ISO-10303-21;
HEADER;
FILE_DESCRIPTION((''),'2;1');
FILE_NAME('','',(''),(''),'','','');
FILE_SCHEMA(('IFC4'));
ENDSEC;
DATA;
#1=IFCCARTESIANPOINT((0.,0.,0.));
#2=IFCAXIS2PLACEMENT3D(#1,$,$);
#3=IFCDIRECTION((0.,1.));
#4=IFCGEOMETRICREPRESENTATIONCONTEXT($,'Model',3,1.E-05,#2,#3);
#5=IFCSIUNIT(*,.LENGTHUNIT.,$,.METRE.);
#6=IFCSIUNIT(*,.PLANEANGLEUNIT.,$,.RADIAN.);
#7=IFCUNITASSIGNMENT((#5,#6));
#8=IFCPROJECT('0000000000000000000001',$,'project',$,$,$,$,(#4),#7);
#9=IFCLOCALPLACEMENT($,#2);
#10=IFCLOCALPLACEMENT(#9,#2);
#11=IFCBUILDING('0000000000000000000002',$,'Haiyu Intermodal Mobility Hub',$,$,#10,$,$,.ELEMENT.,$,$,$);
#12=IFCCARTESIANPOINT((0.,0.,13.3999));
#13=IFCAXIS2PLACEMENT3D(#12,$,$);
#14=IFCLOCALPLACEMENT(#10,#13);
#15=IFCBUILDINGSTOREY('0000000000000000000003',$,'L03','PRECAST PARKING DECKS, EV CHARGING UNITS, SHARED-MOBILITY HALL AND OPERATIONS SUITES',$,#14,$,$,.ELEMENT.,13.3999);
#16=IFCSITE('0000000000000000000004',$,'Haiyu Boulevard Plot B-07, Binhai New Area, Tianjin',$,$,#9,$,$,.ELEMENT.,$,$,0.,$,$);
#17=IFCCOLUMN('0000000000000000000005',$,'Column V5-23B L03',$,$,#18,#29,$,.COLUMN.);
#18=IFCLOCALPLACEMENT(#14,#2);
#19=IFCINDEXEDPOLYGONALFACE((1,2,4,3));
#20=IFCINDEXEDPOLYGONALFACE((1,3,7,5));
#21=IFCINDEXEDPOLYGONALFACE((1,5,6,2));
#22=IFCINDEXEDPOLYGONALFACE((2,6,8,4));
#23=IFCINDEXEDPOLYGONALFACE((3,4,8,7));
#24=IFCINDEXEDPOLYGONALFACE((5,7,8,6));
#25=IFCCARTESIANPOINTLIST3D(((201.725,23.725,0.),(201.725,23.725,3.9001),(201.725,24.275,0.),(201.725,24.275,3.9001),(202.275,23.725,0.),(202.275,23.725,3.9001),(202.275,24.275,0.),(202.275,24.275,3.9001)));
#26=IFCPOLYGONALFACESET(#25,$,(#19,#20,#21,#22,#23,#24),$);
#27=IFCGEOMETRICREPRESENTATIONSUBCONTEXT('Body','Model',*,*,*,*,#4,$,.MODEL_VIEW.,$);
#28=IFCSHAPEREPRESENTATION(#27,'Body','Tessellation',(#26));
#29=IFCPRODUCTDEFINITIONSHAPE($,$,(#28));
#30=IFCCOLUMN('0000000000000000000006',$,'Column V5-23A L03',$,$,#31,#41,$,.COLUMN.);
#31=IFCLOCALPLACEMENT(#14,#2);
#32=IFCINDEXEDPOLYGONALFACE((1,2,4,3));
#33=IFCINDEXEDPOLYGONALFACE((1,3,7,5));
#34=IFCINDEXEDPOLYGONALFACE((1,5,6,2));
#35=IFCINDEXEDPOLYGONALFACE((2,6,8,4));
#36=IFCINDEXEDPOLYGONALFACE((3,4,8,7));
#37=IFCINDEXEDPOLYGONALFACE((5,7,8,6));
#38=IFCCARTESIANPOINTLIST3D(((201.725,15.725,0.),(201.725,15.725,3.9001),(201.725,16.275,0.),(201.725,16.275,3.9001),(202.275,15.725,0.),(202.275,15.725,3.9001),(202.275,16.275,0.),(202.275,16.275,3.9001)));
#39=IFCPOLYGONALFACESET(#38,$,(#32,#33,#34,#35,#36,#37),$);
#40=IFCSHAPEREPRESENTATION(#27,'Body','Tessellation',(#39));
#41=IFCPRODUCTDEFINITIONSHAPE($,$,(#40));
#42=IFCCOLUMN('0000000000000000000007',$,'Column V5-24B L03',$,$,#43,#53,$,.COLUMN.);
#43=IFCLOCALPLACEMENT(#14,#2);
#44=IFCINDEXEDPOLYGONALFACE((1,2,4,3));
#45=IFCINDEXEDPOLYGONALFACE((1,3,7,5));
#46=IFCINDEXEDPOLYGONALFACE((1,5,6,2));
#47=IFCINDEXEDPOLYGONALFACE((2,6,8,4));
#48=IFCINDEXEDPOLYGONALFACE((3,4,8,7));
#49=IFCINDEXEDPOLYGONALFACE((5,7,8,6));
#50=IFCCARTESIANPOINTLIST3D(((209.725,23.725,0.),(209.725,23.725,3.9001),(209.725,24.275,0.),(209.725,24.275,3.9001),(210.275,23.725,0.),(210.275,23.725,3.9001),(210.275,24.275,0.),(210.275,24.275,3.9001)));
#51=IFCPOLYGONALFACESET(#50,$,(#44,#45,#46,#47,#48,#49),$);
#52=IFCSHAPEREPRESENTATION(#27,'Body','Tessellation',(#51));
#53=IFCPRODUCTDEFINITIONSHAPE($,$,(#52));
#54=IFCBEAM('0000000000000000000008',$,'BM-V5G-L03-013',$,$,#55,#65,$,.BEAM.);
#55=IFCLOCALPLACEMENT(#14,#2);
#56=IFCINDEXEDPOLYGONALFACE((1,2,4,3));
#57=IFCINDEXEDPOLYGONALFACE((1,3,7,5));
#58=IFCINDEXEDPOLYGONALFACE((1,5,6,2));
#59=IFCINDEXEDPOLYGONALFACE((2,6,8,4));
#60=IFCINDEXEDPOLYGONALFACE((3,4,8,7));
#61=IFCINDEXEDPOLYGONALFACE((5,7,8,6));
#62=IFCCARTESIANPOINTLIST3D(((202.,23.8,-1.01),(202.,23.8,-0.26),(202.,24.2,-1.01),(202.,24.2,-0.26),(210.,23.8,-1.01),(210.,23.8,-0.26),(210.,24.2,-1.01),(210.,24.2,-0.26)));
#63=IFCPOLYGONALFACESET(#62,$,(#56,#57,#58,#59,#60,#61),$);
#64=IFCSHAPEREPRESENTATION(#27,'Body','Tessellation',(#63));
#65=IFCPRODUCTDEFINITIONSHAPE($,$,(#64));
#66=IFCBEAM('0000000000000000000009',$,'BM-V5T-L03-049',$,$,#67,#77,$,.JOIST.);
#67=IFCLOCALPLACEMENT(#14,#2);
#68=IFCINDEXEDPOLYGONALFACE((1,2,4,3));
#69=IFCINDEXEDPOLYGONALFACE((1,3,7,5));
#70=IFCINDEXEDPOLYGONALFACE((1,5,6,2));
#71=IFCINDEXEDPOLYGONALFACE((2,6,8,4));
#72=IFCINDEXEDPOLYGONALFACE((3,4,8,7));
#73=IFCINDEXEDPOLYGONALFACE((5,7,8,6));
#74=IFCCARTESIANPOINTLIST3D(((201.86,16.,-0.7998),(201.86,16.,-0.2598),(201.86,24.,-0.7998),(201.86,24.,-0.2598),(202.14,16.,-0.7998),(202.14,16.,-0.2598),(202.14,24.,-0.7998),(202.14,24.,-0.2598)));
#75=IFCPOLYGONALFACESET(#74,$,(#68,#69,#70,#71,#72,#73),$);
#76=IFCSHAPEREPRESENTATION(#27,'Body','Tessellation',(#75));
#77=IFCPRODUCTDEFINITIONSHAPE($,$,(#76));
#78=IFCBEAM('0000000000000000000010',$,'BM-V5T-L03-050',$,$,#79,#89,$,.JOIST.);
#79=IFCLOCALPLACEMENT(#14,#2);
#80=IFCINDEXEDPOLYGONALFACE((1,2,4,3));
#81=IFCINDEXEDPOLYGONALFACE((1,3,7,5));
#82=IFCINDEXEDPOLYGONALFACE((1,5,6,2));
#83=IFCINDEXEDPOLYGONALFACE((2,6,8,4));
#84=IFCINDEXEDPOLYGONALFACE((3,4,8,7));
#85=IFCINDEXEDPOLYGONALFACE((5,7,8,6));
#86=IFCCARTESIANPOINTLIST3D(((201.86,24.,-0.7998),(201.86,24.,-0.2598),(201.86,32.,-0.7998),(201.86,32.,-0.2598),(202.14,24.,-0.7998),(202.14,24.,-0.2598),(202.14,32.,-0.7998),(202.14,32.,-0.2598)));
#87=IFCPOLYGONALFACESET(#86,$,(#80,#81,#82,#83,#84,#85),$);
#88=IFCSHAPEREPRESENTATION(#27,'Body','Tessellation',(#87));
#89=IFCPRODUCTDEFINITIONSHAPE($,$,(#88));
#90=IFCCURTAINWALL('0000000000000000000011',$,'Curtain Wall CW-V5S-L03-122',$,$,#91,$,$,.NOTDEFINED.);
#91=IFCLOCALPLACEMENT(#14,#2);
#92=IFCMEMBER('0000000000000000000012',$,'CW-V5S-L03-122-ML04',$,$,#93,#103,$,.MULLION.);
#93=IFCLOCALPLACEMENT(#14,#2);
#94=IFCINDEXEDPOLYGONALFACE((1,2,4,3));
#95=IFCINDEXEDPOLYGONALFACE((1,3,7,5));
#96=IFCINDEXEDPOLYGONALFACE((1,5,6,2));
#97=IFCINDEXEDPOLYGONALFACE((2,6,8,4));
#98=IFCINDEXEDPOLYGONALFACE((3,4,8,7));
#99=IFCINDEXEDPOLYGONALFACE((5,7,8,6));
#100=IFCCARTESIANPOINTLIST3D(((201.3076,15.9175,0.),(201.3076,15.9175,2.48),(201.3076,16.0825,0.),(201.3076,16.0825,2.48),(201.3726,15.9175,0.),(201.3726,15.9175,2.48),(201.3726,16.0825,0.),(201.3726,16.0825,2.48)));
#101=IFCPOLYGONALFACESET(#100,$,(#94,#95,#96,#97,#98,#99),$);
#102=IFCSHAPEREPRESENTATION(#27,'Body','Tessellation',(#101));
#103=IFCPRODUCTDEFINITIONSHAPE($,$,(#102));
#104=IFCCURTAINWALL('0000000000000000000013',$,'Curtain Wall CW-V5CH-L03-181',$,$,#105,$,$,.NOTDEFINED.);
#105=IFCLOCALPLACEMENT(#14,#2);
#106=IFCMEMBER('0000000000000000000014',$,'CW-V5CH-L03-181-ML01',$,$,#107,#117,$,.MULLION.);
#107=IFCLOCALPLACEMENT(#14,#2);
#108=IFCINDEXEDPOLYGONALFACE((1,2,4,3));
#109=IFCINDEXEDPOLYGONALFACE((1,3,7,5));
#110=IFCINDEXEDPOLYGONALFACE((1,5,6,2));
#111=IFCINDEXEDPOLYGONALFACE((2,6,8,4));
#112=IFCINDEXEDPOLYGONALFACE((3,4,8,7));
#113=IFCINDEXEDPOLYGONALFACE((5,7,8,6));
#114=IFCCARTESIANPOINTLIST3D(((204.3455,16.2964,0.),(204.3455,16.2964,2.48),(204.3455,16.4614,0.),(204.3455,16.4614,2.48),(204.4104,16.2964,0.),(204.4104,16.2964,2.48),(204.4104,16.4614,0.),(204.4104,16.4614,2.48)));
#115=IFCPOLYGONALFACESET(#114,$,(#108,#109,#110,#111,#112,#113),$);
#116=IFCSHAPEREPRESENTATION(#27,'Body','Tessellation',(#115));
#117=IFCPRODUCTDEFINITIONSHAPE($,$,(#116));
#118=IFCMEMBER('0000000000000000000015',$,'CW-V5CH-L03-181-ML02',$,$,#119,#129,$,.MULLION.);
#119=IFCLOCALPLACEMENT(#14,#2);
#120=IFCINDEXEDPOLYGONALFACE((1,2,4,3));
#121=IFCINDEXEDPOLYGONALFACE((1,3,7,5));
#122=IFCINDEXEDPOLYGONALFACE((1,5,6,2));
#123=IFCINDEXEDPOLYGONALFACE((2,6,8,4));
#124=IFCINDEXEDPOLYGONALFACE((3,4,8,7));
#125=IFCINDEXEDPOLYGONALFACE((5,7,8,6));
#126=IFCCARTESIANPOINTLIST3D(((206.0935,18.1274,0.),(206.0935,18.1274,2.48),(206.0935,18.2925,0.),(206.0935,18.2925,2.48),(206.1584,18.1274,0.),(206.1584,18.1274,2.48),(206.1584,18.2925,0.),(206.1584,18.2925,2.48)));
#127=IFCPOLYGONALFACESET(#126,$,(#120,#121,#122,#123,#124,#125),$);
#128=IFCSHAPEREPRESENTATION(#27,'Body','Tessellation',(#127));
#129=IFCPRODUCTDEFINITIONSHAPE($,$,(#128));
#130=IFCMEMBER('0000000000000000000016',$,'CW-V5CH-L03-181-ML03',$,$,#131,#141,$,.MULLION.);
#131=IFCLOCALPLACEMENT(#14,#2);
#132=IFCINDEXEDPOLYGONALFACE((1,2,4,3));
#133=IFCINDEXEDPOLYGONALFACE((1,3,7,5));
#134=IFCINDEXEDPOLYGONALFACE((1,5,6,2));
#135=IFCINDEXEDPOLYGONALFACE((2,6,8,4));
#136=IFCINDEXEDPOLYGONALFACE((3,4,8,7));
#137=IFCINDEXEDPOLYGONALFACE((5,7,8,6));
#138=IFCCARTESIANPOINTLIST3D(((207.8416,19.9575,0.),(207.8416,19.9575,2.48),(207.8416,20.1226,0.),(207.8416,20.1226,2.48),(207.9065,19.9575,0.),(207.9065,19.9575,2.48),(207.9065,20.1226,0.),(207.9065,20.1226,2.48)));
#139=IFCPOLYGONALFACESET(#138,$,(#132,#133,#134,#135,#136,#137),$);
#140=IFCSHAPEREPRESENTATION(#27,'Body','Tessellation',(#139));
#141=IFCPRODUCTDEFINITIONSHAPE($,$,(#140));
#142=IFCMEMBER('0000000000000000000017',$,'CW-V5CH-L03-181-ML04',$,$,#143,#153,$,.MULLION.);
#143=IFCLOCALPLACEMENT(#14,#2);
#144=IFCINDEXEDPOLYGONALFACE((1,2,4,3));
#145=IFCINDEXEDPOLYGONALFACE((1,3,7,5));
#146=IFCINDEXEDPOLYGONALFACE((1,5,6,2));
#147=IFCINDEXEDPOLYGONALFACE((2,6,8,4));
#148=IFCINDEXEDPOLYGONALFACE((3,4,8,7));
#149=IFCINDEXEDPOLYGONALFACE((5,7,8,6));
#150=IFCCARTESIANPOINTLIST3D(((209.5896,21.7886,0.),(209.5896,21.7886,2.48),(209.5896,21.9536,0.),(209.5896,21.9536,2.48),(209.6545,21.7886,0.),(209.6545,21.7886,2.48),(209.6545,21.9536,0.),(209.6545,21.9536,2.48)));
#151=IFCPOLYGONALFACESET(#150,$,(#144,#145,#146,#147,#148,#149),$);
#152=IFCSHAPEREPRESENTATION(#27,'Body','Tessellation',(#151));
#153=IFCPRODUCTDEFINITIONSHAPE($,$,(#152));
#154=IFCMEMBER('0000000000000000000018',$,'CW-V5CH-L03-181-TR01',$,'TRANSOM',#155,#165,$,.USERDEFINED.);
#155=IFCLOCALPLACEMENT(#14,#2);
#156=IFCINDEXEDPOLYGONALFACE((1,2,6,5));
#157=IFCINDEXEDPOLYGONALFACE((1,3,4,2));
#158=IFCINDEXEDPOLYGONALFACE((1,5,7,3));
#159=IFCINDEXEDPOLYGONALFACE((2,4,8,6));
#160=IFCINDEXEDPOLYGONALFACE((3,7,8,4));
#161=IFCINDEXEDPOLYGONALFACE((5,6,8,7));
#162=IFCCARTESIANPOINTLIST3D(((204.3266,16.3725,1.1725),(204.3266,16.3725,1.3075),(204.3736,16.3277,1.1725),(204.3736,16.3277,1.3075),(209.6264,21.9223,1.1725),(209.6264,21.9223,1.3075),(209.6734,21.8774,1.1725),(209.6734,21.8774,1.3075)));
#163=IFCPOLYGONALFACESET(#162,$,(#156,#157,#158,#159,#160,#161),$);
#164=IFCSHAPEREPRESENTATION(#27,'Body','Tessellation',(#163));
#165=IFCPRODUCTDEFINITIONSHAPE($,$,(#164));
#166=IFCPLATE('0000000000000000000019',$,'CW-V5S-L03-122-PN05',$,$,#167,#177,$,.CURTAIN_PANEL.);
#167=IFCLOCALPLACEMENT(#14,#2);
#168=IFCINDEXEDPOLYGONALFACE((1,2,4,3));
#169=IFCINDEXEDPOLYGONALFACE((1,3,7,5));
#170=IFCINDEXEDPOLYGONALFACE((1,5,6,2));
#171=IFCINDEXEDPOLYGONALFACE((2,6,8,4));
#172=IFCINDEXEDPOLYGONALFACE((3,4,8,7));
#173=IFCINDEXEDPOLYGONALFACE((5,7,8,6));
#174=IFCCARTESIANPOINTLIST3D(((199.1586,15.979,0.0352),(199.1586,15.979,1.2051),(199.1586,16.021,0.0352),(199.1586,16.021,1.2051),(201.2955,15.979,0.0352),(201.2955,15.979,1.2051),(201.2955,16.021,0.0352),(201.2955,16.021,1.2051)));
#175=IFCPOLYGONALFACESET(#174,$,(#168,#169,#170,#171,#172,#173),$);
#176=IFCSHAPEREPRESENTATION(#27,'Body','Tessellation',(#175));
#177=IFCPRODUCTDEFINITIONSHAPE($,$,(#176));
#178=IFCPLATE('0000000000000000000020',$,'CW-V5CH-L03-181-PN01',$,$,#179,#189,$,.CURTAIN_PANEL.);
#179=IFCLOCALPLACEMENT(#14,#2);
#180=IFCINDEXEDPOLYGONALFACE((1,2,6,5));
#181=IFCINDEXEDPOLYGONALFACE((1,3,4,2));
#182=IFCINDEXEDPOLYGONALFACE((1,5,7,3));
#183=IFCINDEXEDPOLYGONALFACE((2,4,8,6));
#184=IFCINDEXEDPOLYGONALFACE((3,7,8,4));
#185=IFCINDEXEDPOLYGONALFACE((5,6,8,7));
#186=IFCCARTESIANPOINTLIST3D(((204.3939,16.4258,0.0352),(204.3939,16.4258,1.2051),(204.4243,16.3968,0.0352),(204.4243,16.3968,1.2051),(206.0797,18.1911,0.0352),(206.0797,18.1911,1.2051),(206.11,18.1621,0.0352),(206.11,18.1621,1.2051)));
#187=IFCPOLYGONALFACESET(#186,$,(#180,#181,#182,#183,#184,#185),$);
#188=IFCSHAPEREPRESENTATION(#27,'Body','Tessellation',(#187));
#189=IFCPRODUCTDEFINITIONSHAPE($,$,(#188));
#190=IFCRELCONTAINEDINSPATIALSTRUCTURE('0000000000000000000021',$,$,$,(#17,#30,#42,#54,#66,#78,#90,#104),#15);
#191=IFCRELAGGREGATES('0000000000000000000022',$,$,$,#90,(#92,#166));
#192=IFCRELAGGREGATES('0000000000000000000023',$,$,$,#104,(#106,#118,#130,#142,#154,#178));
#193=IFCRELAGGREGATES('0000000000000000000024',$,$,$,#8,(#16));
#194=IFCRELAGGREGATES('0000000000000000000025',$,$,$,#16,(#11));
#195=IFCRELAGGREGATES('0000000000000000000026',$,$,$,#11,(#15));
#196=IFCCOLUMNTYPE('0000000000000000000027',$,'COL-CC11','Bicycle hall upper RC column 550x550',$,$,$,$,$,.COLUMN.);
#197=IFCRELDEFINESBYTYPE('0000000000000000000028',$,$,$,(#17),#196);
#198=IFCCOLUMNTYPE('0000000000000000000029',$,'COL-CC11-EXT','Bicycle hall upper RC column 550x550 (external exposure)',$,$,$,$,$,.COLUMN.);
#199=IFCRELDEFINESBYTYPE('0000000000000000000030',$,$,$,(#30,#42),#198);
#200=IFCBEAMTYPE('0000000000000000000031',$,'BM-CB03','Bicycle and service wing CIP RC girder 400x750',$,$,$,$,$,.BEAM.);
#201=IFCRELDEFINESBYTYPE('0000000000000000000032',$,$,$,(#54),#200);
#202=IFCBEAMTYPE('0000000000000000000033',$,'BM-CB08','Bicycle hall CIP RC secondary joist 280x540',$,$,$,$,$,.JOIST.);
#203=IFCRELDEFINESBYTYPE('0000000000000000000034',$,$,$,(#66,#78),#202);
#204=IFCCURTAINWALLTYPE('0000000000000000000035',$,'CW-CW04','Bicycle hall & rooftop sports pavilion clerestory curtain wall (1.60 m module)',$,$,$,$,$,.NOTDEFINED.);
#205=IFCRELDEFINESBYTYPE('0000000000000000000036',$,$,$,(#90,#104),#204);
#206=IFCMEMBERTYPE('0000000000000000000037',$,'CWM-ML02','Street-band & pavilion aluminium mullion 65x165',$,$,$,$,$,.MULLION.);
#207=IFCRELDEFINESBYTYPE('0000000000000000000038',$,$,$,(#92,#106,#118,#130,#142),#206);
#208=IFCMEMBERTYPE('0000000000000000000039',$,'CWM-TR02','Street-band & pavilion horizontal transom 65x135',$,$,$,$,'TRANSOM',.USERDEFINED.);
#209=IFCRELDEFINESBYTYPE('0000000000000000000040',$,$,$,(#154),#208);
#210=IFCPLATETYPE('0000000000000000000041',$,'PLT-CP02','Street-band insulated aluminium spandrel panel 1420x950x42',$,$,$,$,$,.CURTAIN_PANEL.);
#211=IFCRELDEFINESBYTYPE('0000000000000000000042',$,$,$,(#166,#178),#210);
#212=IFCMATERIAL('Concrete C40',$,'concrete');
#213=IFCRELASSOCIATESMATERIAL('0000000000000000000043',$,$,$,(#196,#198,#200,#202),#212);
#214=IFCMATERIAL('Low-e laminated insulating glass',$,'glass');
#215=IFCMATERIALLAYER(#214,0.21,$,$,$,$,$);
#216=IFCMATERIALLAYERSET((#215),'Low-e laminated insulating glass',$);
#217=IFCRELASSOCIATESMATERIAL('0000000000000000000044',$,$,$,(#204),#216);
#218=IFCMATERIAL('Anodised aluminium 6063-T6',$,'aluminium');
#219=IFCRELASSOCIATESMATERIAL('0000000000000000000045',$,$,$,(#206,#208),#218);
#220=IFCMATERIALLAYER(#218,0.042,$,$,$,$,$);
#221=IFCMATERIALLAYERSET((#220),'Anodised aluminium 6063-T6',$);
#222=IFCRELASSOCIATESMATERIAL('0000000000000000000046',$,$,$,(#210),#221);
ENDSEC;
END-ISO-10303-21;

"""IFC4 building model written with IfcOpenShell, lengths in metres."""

from ifc_helpers import new_model, si_unit, direction, frame, origin, origin_2d, place, context, subcontext, project, spatial, rectangle, extrude, material, layer, layer_set, material_profile, profile_set, type_object, element, aggregate, save


model = new_model("IFC4")

# Units and contexts
model_context = context("Model", 3, precision=1e-05, world=origin(), true_north=direction((0.0, 1.0)))
body_context = subcontext(model_context, "Body", "Model", "MODEL_VIEW")
ifc_project = project(units=[si_unit("LENGTHUNIT", "METRE"), si_unit("PLANEANGLEUNIT", "RADIAN")], contexts=[model_context])

# Site, building, storey
site_placement = place(None, origin())
site = spatial("IfcSite", under=ifc_project, at=site_placement, Name="Haiyu Boulevard Plot B-07, Binhai New Area, Tianjin", CompositionType="ELEMENT", RefElevation=0.0)
building_placement = place(site_placement, origin())
building = spatial("IfcBuilding", under=site, at=building_placement, Name="Haiyu Intermodal Mobility Hub", CompositionType="ELEMENT")
storey_placement = place(building_placement, frame((0.0, 0.0, 13.3999)))
storey = spatial("IfcBuildingStorey", under=building, at=storey_placement, Name="L03", Description="PRECAST PARKING DECKS, EV CHARGING UNITS, SHARED-MOBILITY HALL AND OPERATIONS SUITES", CompositionType="ELEMENT", Elevation=13.3999)

# Columns
ifc_material_1 = material(Name="Concrete C40", Category="concrete")
ifc_material_profile_1 = material_profile(ifc_material_1, rectangle(XDim=0.55, YDim=0.55, at=origin_2d()), Name="RC550x550")
ifc_profile_set_1 = profile_set([ifc_material_profile_1], Name="Concrete C40")
column_type_1 = type_object("IfcColumnType", Name="COL-CC11", Description="Bicycle hall upper RC column 550x550", PredefinedType="COLUMN", material=ifc_profile_set_1)
column_placement = place(storey_placement, frame((202.0, 24.0, 0.0), z_axis=(0.0, 0.0, 1.0), x_axis=(1.0, 0.0, 0.0)))
element("IfcColumn", 1, at=column_placement, inside=storey, type_object=column_type_1, Name="Column V5-23B L03", PredefinedType="COLUMN", context=body_context, shape_type="SweptSolid", body=[
    extrude(rectangle(XDim=0.55, YDim=0.55, at=origin_2d()), origin(), (0.0, 0.0, 1.0), 3.9001),
])
ifc_material_profile_2 = material_profile(ifc_material_1, rectangle(XDim=0.55, YDim=0.55, at=origin_2d()), Name="RC550x550")
ifc_profile_set_2 = profile_set([ifc_material_profile_2], Name="Concrete C40")
column_type_2 = type_object("IfcColumnType", Name="COL-CC11-EXT", Description="Bicycle hall upper RC column 550x550 (external exposure)", PredefinedType="COLUMN", material=ifc_profile_set_2)
for number, where, z_axis, x_axis, name in (
    (2, (202.0, 16.0, 0.0), (0.0, 0.0, 1.0), (1.0, 0.0, 0.0), "Column V5-23A L03"),
    (3, (210.0, 24.0, 0.0), (0.0, 0.0, 1.0), (1.0, 0.0, 0.0), "Column V5-24B L03"),
):
    element("IfcColumn", number, at=place(storey_placement, frame(where, z_axis=z_axis, x_axis=x_axis)), inside=storey, type_object=column_type_2, Name=name, PredefinedType="COLUMN", context=body_context, shape_type="SweptSolid", body=[
        extrude(rectangle(XDim=0.55, YDim=0.55, at=origin_2d()), origin(), (0.0, 0.0, 1.0), 3.9001),
    ])

# Beams
ifc_material_profile_3 = material_profile(ifc_material_1, rectangle(XDim=0.3999, YDim=0.75, at=origin_2d()), Name="RCB400x750")
ifc_profile_set_3 = profile_set([ifc_material_profile_3], Name="Concrete C40")
beam_type_1 = type_object("IfcBeamType", Name="BM-CB03", Description="Bicycle and service wing CIP RC girder 400x750", PredefinedType="BEAM", material=ifc_profile_set_3)
beam_placement = place(storey_placement, frame((202.0, 24.0, -0.635), z_axis=(1.0, 0.0, 0.0), x_axis=(0.0, 1.0, 0.0)))
element("IfcBeam", 4, at=beam_placement, inside=storey, type_object=beam_type_1, Name="BM-V5G-L03-013", PredefinedType="BEAM", context=body_context, shape_type="SweptSolid", body=[
    extrude(rectangle(XDim=0.3999, YDim=0.75, at=origin_2d()), origin(), (0.0, 0.0, 1.0), 8.0),
])
ifc_material_profile_4 = material_profile(ifc_material_1, rectangle(XDim=0.28, YDim=0.54, at=origin_2d()), Name="RCB280x540")
ifc_profile_set_4 = profile_set([ifc_material_profile_4], Name="Concrete C40")
beam_type_2 = type_object("IfcBeamType", Name="BM-CB08", Description="Bicycle hall CIP RC secondary joist 280x540", PredefinedType="JOIST", material=ifc_profile_set_4)
for number, where, z_axis, x_axis, name in (
    (5, (202.0, 16.0, -0.5298), (0.0, 1.0, 0.0), (-1.0, 0.0, 0.0), "BM-V5T-L03-049"),
    (6, (202.0, 24.0, -0.5298), (0.0, 1.0, 0.0), (-1.0, 0.0, 0.0), "BM-V5T-L03-050"),
):
    element("IfcBeam", number, at=place(storey_placement, frame(where, z_axis=z_axis, x_axis=x_axis)), inside=storey, type_object=beam_type_2, Name=name, PredefinedType="JOIST", context=body_context, shape_type="SweptSolid", body=[
        extrude(rectangle(XDim=0.28, YDim=0.54, at=origin_2d()), origin(), (0.0, 0.0, 1.0), 8.0),
    ])

# Curtain wall, member
ifc_material_2 = material(Name="Low-e laminated insulating glass", Category="glass")
ifc_layer_1 = layer(ifc_material_2, 0.21)
ifc_layer_set_1 = layer_set([ifc_layer_1], Name="Low-e laminated insulating glass")
curtain_wall_type = type_object("IfcCurtainWallType", Name="CW-CW04", Description="Bicycle hall & rooftop sports pavilion clerestory curtain wall (1.60 m module)", PredefinedType="NOTDEFINED", material=ifc_layer_set_1)
curtain_wall_1_placement = place(storey_placement, origin())
curtain_wall_1 = element("IfcCurtainWall", 7, at=curtain_wall_1_placement, inside=storey, type_object=curtain_wall_type, Name="Curtain Wall CW-V5S-L03-122", PredefinedType="NOTDEFINED")
ifc_material_3 = material(Name="Anodised aluminium 6063-T6", Category="aluminium")
ifc_material_profile_5 = material_profile(ifc_material_3, rectangle(XDim=0.0649, YDim=0.165, at=origin_2d()), Name="ALU65x165")
ifc_profile_set_5 = profile_set([ifc_material_profile_5], Name="Anodised aluminium 6063-T6")
member_type_1 = type_object("IfcMemberType", Name="CWM-ML02", Description="Street-band & pavilion aluminium mullion 65x165", PredefinedType="MULLION", material=ifc_profile_set_5)
member_1_placement = place(storey_placement, frame((201.3401, 16.0, 0.0), z_axis=(0.0, 0.0, 1.0), x_axis=(1.0, 0.0, 0.0)))
member_1 = element("IfcMember", 8, at=member_1_placement, type_object=member_type_1, Name="CW-V5S-L03-122-ML04", PredefinedType="MULLION", context=body_context, shape_type="SweptSolid", body=[
    extrude(rectangle(XDim=0.0649, YDim=0.165, at=origin_2d()), origin(), (0.0, 0.0, 1.0), 2.48),
])

# Curtain wall, members
curtain_wall_2_placement = place(storey_placement, origin())
curtain_wall_2 = element("IfcCurtainWall", 9, at=curtain_wall_2_placement, inside=storey, type_object=curtain_wall_type, Name="Curtain Wall CW-V5CH-L03-181", PredefinedType="NOTDEFINED")
member_2_placement = place(storey_placement, frame((204.3779, 16.3789, 0.0), z_axis=(0.0, 0.0, 1.0), x_axis=(1.0, 0.0, 0.0)))
member_2 = element("IfcMember", 10, at=member_2_placement, type_object=member_type_1, Name="CW-V5CH-L03-181-ML01", PredefinedType="MULLION", context=body_context, shape_type="SweptSolid", body=[
    extrude(rectangle(XDim=0.0649, YDim=0.165, at=origin_2d()), origin(), (0.0, 0.0, 1.0), 2.48),
])
member_3_placement = place(storey_placement, frame((206.126, 18.21, 0.0), z_axis=(0.0, 0.0, 1.0), x_axis=(1.0, 0.0, 0.0)))
member_3 = element("IfcMember", 11, at=member_3_placement, type_object=member_type_1, Name="CW-V5CH-L03-181-ML02", PredefinedType="MULLION", context=body_context, shape_type="SweptSolid", body=[
    extrude(rectangle(XDim=0.0649, YDim=0.165, at=origin_2d()), origin(), (0.0, 0.0, 1.0), 2.48),
])
member_4_placement = place(storey_placement, frame((207.874, 20.04, 0.0), z_axis=(0.0, 0.0, 1.0), x_axis=(1.0, 0.0, 0.0)))
member_4 = element("IfcMember", 12, at=member_4_placement, type_object=member_type_1, Name="CW-V5CH-L03-181-ML03", PredefinedType="MULLION", context=body_context, shape_type="SweptSolid", body=[
    extrude(rectangle(XDim=0.0649, YDim=0.165, at=origin_2d()), origin(), (0.0, 0.0, 1.0), 2.48),
])
member_5_placement = place(storey_placement, frame((209.6221, 21.8711, 0.0), z_axis=(0.0, 0.0, 1.0), x_axis=(1.0, 0.0, 0.0)))
member_5 = element("IfcMember", 13, at=member_5_placement, type_object=member_type_1, Name="CW-V5CH-L03-181-ML04", PredefinedType="MULLION", context=body_context, shape_type="SweptSolid", body=[
    extrude(rectangle(XDim=0.0649, YDim=0.165, at=origin_2d()), origin(), (0.0, 0.0, 1.0), 2.48),
])
ifc_material_profile_6 = material_profile(ifc_material_3, rectangle(XDim=0.0649, YDim=0.135, at=origin_2d()), Name="ALU65x135")
ifc_profile_set_6 = profile_set([ifc_material_profile_6], Name="Anodised aluminium 6063-T6")
member_type_2 = type_object("IfcMemberType", Name="CWM-TR02", Description="Street-band & pavilion horizontal transom 65x135", ElementType="TRANSOM", PredefinedType="USERDEFINED", material=ifc_profile_set_6)
member_6_placement = place(storey_placement, frame((204.3501, 16.3501, 1.24), z_axis=(0.69063, 0.723208, 0.0), x_axis=(-0.723208, 0.69063, 0.0)))
member_6 = element("IfcMember", 14, at=member_6_placement, type_object=member_type_2, Name="CW-V5CH-L03-181-TR01", ObjectType="TRANSOM", PredefinedType="USERDEFINED", context=body_context, shape_type="SweptSolid", body=[
    extrude(rectangle(XDim=0.0649, YDim=0.135, at=origin_2d()), origin(), (0.0, 0.0, 1.0), 7.6738),
])

# Plates
ifc_layer_2 = layer(ifc_material_3, 0.042)
ifc_layer_set_2 = layer_set([ifc_layer_2], Name="Anodised aluminium 6063-T6")
plate_type_1 = type_object("IfcPlateType", Name="PLT-CP02", Description="Street-band insulated aluminium spandrel panel 1420x950x42", PredefinedType="CURTAIN_PANEL", material=ifc_layer_set_2)
plate_1_placement = place(storey_placement, frame((200.2271, 16.0, 0.0352), z_axis=(0.0, 0.0, 1.0), x_axis=(1.0, 0.0, 0.0)))
plate_1 = element("IfcPlate", 15, at=plate_1_placement, type_object=plate_type_1, Name="CW-V5S-L03-122-PN05", PredefinedType="CURTAIN_PANEL", context=body_context, shape_type="SweptSolid", body=[
    extrude(rectangle(XDim=2.137, YDim=0.042, at=origin_2d()), origin(), (0.0, 0.0, 1.0), 1.1699),
])
plate_2_placement = place(storey_placement, frame((205.252, 17.2939, 0.0352), z_axis=(0.0, 0.0, 1.0), x_axis=(0.690631, 0.723208, 0.0)))
plate_2 = element("IfcPlate", 16, at=plate_2_placement, type_object=plate_type_1, Name="CW-V5CH-L03-181-PN01", PredefinedType="CURTAIN_PANEL", context=body_context, shape_type="SweptSolid", body=[
    extrude(rectangle(XDim=2.4409, YDim=0.042, at=origin_2d()), origin(), (0.0, 0.0, 1.0), 1.1699),
])
aggregate(curtain_wall_1, [member_1, plate_1])
aggregate(curtain_wall_2, [member_2, member_3, member_4, member_5, member_6, plate_2])

save(model, "model.ifc")
